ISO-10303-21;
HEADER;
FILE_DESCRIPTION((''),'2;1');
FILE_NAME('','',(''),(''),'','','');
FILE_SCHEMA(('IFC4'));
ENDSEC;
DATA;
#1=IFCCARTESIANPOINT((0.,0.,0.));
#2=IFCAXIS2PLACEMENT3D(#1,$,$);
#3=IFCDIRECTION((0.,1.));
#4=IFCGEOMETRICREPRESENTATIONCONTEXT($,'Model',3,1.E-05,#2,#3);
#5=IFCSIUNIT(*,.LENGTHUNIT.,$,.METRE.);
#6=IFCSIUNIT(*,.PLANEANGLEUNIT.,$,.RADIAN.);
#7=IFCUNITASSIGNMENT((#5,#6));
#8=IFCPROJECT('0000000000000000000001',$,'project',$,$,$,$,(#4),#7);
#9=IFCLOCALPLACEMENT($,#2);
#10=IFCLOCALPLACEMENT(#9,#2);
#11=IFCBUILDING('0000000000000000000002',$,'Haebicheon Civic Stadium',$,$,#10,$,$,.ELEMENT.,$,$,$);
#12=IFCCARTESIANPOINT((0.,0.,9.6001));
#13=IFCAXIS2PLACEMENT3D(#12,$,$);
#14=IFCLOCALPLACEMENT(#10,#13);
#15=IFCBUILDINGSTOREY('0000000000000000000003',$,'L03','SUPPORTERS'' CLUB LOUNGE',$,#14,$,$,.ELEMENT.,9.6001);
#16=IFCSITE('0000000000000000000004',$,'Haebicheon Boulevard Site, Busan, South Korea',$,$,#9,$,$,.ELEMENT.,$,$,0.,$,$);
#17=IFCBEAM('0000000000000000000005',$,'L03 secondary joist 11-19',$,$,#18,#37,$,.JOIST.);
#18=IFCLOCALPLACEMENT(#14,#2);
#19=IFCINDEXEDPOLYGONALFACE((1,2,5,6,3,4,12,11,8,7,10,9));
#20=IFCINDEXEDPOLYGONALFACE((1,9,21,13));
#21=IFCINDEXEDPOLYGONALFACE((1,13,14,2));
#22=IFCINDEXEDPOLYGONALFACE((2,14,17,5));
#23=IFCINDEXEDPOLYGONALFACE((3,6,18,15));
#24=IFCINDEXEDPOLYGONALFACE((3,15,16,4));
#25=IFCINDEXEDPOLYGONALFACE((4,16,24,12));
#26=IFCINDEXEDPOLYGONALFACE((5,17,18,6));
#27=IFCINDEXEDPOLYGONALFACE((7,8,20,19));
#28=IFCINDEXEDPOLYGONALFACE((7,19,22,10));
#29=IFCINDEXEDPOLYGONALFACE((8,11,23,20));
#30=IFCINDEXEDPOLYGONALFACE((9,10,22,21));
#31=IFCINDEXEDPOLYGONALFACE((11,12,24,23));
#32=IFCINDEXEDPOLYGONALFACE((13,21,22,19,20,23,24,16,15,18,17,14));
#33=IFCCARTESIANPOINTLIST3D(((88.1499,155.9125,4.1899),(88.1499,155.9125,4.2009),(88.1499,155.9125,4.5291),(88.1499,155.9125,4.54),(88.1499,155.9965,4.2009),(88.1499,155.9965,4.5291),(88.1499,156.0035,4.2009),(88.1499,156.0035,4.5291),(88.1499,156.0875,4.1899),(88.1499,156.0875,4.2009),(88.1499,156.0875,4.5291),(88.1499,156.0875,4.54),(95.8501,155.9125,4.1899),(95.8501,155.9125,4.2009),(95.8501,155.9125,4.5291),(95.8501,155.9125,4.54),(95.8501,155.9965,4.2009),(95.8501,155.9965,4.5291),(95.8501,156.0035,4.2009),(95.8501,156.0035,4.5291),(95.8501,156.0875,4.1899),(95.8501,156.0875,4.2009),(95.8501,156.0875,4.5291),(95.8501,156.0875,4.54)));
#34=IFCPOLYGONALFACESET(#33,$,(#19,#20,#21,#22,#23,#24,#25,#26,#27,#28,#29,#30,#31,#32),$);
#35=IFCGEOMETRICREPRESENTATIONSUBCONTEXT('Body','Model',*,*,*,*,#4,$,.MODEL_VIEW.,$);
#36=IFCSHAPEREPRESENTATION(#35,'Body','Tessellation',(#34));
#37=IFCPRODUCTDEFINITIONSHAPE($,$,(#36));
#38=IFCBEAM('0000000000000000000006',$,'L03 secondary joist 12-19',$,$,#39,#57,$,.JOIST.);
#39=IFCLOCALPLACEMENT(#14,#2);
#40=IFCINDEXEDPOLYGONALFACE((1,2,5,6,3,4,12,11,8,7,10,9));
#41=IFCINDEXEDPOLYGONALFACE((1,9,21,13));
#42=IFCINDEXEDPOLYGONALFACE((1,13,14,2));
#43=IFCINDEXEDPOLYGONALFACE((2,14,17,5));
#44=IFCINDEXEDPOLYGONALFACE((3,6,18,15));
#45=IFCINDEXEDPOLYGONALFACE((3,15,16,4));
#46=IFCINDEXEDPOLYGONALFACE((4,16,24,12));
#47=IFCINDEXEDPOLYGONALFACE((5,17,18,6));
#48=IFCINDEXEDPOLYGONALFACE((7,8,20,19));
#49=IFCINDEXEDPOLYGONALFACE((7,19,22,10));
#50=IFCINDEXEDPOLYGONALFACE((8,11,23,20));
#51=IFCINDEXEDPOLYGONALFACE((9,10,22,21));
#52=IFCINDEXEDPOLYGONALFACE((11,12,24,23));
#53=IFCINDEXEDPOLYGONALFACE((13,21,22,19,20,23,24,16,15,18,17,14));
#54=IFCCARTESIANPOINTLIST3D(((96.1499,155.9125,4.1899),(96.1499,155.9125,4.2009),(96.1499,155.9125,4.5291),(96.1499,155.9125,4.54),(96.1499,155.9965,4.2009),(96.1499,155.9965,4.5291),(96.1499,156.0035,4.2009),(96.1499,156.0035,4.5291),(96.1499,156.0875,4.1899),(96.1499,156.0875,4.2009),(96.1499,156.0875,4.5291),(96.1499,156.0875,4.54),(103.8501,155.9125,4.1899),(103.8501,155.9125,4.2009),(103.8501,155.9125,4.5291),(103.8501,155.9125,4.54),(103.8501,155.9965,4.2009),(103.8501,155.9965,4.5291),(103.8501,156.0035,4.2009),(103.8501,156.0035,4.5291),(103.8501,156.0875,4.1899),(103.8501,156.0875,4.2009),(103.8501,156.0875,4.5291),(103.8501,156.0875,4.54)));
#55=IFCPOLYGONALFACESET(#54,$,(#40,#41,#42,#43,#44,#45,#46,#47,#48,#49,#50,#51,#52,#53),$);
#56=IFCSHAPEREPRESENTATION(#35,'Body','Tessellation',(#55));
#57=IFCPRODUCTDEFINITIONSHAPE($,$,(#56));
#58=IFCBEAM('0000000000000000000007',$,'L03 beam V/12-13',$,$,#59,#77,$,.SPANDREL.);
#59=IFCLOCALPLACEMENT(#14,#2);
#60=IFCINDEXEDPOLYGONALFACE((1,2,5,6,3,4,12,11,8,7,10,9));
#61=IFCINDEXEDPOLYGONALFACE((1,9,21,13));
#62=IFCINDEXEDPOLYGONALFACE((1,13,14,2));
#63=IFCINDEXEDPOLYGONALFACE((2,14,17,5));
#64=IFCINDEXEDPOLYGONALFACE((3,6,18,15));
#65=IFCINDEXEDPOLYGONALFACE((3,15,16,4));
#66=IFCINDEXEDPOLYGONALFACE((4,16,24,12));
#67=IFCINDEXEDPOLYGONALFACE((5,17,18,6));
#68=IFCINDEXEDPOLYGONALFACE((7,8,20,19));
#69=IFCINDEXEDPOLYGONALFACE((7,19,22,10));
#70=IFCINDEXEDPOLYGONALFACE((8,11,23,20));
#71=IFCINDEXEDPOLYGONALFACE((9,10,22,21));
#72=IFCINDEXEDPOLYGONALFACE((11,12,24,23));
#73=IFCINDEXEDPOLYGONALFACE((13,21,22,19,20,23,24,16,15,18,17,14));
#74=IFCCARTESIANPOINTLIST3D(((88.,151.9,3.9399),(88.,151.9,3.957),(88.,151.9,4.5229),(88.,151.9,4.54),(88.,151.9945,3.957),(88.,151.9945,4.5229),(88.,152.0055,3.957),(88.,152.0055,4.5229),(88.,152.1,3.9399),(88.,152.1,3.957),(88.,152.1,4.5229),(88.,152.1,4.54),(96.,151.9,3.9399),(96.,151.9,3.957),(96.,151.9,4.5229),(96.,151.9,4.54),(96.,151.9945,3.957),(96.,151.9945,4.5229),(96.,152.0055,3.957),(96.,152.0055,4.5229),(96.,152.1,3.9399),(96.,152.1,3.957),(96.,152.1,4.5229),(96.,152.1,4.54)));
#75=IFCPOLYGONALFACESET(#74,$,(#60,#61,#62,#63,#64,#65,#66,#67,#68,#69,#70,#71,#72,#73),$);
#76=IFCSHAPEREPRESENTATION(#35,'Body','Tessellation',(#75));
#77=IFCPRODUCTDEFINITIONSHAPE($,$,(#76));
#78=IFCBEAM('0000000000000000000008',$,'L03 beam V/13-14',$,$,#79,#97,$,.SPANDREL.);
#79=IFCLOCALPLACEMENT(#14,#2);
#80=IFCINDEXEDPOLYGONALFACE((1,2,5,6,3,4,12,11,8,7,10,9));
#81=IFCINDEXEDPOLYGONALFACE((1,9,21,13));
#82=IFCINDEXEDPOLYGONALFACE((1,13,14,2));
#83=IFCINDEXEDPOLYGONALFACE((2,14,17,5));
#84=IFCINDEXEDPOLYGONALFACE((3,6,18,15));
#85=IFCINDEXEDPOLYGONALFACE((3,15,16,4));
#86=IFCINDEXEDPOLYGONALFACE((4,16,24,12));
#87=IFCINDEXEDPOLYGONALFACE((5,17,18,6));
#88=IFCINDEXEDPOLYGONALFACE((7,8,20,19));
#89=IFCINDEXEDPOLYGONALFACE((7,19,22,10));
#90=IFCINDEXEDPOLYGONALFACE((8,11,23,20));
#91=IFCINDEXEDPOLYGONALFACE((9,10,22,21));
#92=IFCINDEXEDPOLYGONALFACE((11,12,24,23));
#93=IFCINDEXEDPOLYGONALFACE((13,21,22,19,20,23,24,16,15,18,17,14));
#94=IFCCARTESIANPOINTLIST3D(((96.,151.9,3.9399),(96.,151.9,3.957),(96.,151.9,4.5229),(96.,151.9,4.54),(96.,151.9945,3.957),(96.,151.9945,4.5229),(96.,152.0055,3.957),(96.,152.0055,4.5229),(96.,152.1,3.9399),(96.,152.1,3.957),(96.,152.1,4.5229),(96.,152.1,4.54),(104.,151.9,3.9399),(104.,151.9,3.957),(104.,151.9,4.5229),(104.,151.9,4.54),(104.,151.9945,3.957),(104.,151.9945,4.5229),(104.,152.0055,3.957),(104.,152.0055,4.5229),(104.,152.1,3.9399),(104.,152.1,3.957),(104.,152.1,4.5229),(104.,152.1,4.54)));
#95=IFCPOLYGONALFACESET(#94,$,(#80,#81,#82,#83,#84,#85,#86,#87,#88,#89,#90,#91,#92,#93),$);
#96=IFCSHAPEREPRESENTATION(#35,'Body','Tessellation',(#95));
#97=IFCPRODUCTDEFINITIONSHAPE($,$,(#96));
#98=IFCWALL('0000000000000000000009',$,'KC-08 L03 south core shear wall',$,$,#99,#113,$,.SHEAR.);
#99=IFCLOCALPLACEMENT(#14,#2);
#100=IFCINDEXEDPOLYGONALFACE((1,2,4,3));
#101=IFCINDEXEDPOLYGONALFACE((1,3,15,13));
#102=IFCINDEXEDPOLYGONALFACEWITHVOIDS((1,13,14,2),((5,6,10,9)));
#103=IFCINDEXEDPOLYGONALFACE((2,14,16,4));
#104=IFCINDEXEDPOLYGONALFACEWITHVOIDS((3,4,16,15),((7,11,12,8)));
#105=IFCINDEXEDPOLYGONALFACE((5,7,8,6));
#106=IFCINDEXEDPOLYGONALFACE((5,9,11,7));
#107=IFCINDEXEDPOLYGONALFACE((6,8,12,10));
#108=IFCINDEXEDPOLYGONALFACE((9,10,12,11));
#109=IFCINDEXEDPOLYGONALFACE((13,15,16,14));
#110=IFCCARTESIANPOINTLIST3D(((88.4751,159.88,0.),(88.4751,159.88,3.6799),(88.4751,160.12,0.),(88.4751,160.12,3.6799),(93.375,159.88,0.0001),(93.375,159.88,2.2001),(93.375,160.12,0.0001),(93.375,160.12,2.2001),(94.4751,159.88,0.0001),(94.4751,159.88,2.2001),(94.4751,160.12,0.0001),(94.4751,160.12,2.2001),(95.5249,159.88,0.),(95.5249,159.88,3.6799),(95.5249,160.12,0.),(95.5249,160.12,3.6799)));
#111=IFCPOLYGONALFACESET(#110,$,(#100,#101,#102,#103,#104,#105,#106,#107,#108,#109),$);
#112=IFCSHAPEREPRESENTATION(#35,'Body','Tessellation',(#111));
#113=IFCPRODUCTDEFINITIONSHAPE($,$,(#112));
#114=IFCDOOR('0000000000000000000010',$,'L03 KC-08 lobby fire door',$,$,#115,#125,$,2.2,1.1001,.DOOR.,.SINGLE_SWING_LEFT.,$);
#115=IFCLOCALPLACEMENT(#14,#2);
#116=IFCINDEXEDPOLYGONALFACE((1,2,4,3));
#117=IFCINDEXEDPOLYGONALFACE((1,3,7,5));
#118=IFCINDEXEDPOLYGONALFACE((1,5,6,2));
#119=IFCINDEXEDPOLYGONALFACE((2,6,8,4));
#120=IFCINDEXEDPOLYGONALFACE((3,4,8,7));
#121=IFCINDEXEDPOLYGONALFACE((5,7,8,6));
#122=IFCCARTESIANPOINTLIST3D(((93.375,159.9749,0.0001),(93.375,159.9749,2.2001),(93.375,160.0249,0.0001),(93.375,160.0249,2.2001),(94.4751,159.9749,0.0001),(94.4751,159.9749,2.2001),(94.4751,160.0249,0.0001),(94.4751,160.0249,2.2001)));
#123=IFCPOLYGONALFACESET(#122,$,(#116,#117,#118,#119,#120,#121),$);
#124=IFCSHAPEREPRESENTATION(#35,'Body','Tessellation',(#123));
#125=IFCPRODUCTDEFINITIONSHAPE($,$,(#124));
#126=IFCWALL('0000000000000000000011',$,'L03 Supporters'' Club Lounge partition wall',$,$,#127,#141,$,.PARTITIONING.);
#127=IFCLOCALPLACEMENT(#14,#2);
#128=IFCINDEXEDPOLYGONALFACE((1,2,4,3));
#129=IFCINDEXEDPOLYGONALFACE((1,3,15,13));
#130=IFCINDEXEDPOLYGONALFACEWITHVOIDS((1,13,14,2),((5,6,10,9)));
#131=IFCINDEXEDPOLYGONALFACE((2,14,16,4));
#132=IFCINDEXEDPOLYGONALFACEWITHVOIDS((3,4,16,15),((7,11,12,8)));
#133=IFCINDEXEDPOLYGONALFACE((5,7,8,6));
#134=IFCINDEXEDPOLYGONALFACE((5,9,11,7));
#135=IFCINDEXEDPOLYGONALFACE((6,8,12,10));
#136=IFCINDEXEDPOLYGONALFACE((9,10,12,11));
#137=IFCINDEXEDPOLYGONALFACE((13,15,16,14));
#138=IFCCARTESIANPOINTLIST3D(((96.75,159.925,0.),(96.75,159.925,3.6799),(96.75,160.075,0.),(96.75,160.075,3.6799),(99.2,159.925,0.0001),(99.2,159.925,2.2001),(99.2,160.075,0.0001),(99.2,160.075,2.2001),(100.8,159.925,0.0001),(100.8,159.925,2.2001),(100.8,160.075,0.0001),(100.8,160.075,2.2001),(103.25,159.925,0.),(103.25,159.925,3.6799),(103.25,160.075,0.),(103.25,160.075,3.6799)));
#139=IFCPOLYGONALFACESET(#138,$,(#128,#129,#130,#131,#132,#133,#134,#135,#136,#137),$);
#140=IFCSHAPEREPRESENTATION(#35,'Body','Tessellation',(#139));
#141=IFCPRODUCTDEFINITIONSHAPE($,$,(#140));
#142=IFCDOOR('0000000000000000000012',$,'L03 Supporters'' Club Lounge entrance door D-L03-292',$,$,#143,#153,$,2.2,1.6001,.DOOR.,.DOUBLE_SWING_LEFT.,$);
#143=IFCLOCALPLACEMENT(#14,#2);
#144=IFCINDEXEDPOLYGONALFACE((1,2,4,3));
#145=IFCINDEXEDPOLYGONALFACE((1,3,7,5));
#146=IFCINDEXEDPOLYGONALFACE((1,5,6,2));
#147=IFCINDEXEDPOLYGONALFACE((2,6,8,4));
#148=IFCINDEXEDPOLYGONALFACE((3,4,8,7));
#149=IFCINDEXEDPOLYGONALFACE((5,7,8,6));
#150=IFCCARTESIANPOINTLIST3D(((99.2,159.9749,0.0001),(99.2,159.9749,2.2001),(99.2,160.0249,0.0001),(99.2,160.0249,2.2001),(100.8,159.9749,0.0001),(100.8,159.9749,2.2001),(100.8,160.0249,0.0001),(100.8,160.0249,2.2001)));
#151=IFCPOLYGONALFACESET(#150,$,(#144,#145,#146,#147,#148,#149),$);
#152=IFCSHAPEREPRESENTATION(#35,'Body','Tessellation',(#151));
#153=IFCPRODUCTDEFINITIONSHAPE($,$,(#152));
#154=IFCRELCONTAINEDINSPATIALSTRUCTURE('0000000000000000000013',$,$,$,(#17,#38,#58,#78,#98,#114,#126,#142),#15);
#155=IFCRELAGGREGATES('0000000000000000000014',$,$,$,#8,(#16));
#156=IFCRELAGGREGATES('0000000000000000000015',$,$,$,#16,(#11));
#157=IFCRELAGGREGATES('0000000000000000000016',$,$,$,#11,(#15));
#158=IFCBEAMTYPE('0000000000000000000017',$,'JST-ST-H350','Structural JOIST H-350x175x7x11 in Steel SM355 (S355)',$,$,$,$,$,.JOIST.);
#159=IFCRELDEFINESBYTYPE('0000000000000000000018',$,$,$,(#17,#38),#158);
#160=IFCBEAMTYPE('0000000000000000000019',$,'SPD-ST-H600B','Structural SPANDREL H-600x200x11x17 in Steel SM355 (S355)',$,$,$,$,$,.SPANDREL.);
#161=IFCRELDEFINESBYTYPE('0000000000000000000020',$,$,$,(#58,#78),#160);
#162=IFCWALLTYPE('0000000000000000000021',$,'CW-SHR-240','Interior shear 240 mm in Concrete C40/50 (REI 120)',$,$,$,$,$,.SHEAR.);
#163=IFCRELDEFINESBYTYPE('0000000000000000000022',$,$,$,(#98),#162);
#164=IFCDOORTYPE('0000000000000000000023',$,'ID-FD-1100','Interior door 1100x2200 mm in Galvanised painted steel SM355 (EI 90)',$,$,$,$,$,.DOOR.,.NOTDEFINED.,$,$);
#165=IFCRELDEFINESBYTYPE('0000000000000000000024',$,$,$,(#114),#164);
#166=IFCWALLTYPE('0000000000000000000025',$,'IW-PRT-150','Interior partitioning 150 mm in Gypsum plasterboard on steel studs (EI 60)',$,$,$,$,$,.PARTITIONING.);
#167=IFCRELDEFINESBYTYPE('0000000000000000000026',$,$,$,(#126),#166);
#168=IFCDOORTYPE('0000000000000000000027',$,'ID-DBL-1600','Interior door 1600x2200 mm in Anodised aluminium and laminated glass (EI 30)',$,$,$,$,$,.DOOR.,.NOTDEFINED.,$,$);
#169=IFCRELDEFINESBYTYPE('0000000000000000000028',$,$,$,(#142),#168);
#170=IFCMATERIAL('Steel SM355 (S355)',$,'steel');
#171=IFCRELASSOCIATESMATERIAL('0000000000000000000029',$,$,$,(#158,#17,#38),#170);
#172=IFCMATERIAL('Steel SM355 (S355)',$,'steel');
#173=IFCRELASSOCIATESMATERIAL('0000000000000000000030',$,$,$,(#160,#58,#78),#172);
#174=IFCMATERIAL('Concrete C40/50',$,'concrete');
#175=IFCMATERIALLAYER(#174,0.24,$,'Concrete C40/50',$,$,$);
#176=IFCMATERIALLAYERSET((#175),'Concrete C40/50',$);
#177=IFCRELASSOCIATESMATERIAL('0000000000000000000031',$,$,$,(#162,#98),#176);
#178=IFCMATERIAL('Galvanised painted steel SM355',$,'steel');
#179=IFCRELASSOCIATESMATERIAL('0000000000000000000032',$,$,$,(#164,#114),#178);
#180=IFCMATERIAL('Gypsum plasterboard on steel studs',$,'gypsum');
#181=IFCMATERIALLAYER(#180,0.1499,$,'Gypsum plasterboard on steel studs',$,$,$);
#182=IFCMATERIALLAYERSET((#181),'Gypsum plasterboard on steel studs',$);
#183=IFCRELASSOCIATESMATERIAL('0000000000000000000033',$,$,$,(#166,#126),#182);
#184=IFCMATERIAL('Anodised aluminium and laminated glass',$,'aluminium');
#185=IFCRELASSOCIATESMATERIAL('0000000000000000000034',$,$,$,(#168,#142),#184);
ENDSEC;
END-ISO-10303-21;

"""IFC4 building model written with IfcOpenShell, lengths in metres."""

from ifc_helpers import new_model, si_unit, direction, frame, frame_2d, origin, origin_2d, place, context, subcontext, project, spatial, rectangle, i_section, extrude, material, layer, layer_set, material_profile, profile_set, type_object, element, fill, save


model = new_model("IFC4")

# Units and contexts
model_context = context("Model", 3, precision=1e-05, world=origin(), true_north=direction((0.0, 1.0)))
body_context = subcontext(model_context, "Body", "Model", "MODEL_VIEW")
ifc_project = project(units=[si_unit("LENGTHUNIT", "METRE"), si_unit("PLANEANGLEUNIT", "RADIAN")], contexts=[model_context])

# Site, building, storey
site_placement = place(None, origin())
site = spatial("IfcSite", under=ifc_project, at=site_placement, Name="Haebicheon Boulevard Site, Busan, South Korea", CompositionType="ELEMENT", RefElevation=0.0)
building_placement = place(site_placement, origin())
building = spatial("IfcBuilding", under=site, at=building_placement, Name="Haebicheon Civic Stadium", CompositionType="ELEMENT")
storey_placement = place(building_placement, frame((0.0, 0.0, 9.6001)))
storey = spatial("IfcBuildingStorey", under=building, at=storey_placement, Name="L03", Description="SUPPORTERS' CLUB LOUNGE", CompositionType="ELEMENT", Elevation=9.6001)

# Beams
ifc_material_1 = material(Name="Steel SM355 (S355)", Category="steel")
ifc_material_profile_1 = material_profile(ifc_material_1, i_section(OverallWidth=0.175, OverallDepth=0.3501, WebThickness=0.0071, FlangeThickness=0.011, at=origin_2d()), Name="H-350x175x7x11")
ifc_profile_set_1 = profile_set([ifc_material_profile_1], Name="Steel SM355 (S355)")
beam_type_1 = type_object("IfcBeamType", Name="JST-ST-H350", Description="Structural JOIST H-350x175x7x11 in Steel SM355 (S355)", PredefinedType="JOIST", material=ifc_profile_set_1)
for number, where, z_axis, x_axis, name in (
    (1, (88.1499, 156.0, 4.365), (1.0, 0.0, 0.0), (0.0, 1.0, 0.0), "L03 secondary joist 11-19"),
    (2, (96.1499, 156.0, 4.365), (1.0, 0.0, 0.0), (0.0, 1.0, 0.0), "L03 secondary joist 12-19"),
):
    element("IfcBeam", number, at=place(storey_placement, frame(where, z_axis=z_axis, x_axis=x_axis)), inside=storey, type_object=beam_type_1, material=ifc_profile_set_1, Name=name, PredefinedType="JOIST", context=body_context, shape_type="SweptSolid", body=[
        extrude(i_section(OverallWidth=0.175, OverallDepth=0.3501, WebThickness=0.0071, FlangeThickness=0.011, at=origin_2d()), origin(), (0.0, 0.0, 1.0), 7.7002),
    ])
ifc_material_2 = material(Name="Steel SM355 (S355)", Category="steel")
ifc_material_profile_2 = material_profile(ifc_material_2, i_section(OverallWidth=0.2, OverallDepth=0.6001, WebThickness=0.011, FlangeThickness=0.0171, at=origin_2d()), Name="H-600x200x11x17")
ifc_profile_set_2 = profile_set([ifc_material_profile_2], Name="Steel SM355 (S355)")
beam_type_2 = type_object("IfcBeamType", Name="SPD-ST-H600B", Description="Structural SPANDREL H-600x200x11x17 in Steel SM355 (S355)", PredefinedType="SPANDREL", material=ifc_profile_set_2)
for number, where, z_axis, x_axis, name in (
    (3, (88.0, 152.0, 4.24), (1.0, 0.0, 0.0), (0.0, 1.0, 0.0), "L03 beam V/12-13"),
    (4, (96.0, 152.0, 4.24), (1.0, 0.0, 0.0), (0.0, 1.0, 0.0), "L03 beam V/13-14"),
):
    element("IfcBeam", number, at=place(storey_placement, frame(where, z_axis=z_axis, x_axis=x_axis)), inside=storey, type_object=beam_type_2, material=ifc_profile_set_2, Name=name, PredefinedType="SPANDREL", context=body_context, shape_type="SweptSolid", body=[
        extrude(i_section(OverallWidth=0.2, OverallDepth=0.6001, WebThickness=0.011, FlangeThickness=0.0171, at=origin_2d()), origin(), (0.0, 0.0, 1.0), 8.0),
    ])

# Walls, openings, doors
ifc_material_3 = material(Name="Concrete C40/50", Category="concrete")
ifc_layer_1 = layer(ifc_material_3, 0.24, Name="Concrete C40/50")
ifc_layer_set_1 = layer_set([ifc_layer_1], Name="Concrete C40/50")
wall_type_1 = type_object("IfcWallType", Name="CW-SHR-240", Description="Interior shear 240 mm in Concrete C40/50 (REI 120)", PredefinedType="SHEAR", material=ifc_layer_set_1)
wall_1_placement = place(storey_placement, frame((88.4751, 160.0, 0.0), z_axis=(0.0, 0.0, 1.0), x_axis=(1.0, 0.0, 0.0)))
wall_1 = element("IfcWall", 5, at=wall_1_placement, inside=storey, type_object=wall_type_1, material=ifc_layer_set_1, Name="KC-08 L03 south core shear wall", PredefinedType="SHEAR", context=body_context, shape_type="SweptSolid", body=[
    extrude(rectangle(XDim=7.0498, YDim=0.24, at=frame_2d((3.5249, 0.0))), origin(), (0.0, 0.0, 1.0), 3.6799),
])
opening_1_placement = place(wall_1_placement, frame((4.8999, 0.0, 0.0)))
opening_1 = element("IfcOpeningElement", 6, at=opening_1_placement, cuts=wall_1, PredefinedType="OPENING", context=body_context, shape_type="SweptSolid", body=[
    extrude(rectangle(XDim=1.1001, YDim=2.2, at=frame_2d((0.55, 1.1001))), frame((0.0, 0.1299, 0.0), z_axis=(0.0, -1.0, 0.0), x_axis=(1.0, 0.0, 0.0)), (0.0, 0.0, 1.0), 0.26),
])
ifc_material_4 = material(Name="Galvanised painted steel SM355", Category="steel")
door_type_1 = type_object("IfcDoorType", Name="ID-FD-1100", Description="Interior door 1100x2200 mm in Galvanised painted steel SM355 (EI 90)", OperationType="NOTDEFINED", PredefinedType="DOOR", material=ifc_material_4)
door_1_placement = place(opening_1_placement, origin())
door_1 = element("IfcDoor", 7, at=door_1_placement, inside=storey, type_object=door_type_1, material=ifc_material_4, Name="L03 KC-08 lobby fire door", OperationType="SINGLE_SWING_LEFT", OverallHeight=2.2, OverallWidth=1.1001, PredefinedType="DOOR", context=body_context, shape_type="SweptSolid", body=[
    extrude(rectangle(XDim=1.1001, YDim=2.2, at=frame_2d((0.55, 1.1001))), frame((0.0, 0.0249, 0.0), z_axis=(0.0, -1.0, 0.0), x_axis=(1.0, 0.0, 0.0)), (0.0, 0.0, 1.0), 0.05),
])
fill(opening_1, door_1)
ifc_material_5 = material(Name="Gypsum plasterboard on steel studs", Category="gypsum")
ifc_layer_2 = layer(ifc_material_5, 0.1499, Name="Gypsum plasterboard on steel studs")
ifc_layer_set_2 = layer_set([ifc_layer_2], Name="Gypsum plasterboard on steel studs")
wall_type_2 = type_object("IfcWallType", Name="IW-PRT-150", Description="Interior partitioning 150 mm in Gypsum plasterboard on steel studs (EI 60)", PredefinedType="PARTITIONING", material=ifc_layer_set_2)
wall_2_placement = place(storey_placement, frame((96.75, 160.0, 0.0), z_axis=(0.0, 0.0, 1.0), x_axis=(1.0, 0.0, 0.0)))
wall_2 = element("IfcWall", 8, at=wall_2_placement, inside=storey, type_object=wall_type_2, material=ifc_layer_set_2, Name="L03 Supporters' Club Lounge partition wall", PredefinedType="PARTITIONING", context=body_context, shape_type="SweptSolid", body=[
    extrude(rectangle(XDim=6.5, YDim=0.1499, at=frame_2d((3.25, 0.0))), origin(), (0.0, 0.0, 1.0), 3.6799),
])
opening_2_placement = place(wall_2_placement, frame((2.45, 0.0, 0.0)))
opening_2 = element("IfcOpeningElement", 9, at=opening_2_placement, cuts=wall_2, PredefinedType="OPENING", context=body_context, shape_type="SweptSolid", body=[
    extrude(rectangle(XDim=1.6001, YDim=2.2, at=frame_2d((0.8, 1.1001))), frame((0.0, 0.085, 0.0), z_axis=(0.0, -1.0, 0.0), x_axis=(1.0, 0.0, 0.0)), (0.0, 0.0, 1.0), 0.1699),
])
ifc_material_6 = material(Name="Anodised aluminium and laminated glass", Category="aluminium")
door_type_2 = type_object("IfcDoorType", Name="ID-DBL-1600", Description="Interior door 1600x2200 mm in Anodised aluminium and laminated glass (EI 30)", OperationType="NOTDEFINED", PredefinedType="DOOR", material=ifc_material_6)
door_2_placement = place(opening_2_placement, origin())
door_2 = element("IfcDoor", 10, at=door_2_placement, inside=storey, type_object=door_type_2, material=ifc_material_6, Name="L03 Supporters' Club Lounge entrance door D-L03-292", OperationType="DOUBLE_SWING_LEFT", OverallHeight=2.2, OverallWidth=1.6001, PredefinedType="DOOR", context=body_context, shape_type="SweptSolid", body=[
    extrude(rectangle(XDim=1.6001, YDim=2.2, at=frame_2d((0.8, 1.1001))), frame((0.0, 0.0249, 0.0), z_axis=(0.0, -1.0, 0.0), x_axis=(1.0, 0.0, 0.0)), (0.0, 0.0, 1.0), 0.05),
])
fill(opening_2, door_2)

save(model, "model.ifc")
